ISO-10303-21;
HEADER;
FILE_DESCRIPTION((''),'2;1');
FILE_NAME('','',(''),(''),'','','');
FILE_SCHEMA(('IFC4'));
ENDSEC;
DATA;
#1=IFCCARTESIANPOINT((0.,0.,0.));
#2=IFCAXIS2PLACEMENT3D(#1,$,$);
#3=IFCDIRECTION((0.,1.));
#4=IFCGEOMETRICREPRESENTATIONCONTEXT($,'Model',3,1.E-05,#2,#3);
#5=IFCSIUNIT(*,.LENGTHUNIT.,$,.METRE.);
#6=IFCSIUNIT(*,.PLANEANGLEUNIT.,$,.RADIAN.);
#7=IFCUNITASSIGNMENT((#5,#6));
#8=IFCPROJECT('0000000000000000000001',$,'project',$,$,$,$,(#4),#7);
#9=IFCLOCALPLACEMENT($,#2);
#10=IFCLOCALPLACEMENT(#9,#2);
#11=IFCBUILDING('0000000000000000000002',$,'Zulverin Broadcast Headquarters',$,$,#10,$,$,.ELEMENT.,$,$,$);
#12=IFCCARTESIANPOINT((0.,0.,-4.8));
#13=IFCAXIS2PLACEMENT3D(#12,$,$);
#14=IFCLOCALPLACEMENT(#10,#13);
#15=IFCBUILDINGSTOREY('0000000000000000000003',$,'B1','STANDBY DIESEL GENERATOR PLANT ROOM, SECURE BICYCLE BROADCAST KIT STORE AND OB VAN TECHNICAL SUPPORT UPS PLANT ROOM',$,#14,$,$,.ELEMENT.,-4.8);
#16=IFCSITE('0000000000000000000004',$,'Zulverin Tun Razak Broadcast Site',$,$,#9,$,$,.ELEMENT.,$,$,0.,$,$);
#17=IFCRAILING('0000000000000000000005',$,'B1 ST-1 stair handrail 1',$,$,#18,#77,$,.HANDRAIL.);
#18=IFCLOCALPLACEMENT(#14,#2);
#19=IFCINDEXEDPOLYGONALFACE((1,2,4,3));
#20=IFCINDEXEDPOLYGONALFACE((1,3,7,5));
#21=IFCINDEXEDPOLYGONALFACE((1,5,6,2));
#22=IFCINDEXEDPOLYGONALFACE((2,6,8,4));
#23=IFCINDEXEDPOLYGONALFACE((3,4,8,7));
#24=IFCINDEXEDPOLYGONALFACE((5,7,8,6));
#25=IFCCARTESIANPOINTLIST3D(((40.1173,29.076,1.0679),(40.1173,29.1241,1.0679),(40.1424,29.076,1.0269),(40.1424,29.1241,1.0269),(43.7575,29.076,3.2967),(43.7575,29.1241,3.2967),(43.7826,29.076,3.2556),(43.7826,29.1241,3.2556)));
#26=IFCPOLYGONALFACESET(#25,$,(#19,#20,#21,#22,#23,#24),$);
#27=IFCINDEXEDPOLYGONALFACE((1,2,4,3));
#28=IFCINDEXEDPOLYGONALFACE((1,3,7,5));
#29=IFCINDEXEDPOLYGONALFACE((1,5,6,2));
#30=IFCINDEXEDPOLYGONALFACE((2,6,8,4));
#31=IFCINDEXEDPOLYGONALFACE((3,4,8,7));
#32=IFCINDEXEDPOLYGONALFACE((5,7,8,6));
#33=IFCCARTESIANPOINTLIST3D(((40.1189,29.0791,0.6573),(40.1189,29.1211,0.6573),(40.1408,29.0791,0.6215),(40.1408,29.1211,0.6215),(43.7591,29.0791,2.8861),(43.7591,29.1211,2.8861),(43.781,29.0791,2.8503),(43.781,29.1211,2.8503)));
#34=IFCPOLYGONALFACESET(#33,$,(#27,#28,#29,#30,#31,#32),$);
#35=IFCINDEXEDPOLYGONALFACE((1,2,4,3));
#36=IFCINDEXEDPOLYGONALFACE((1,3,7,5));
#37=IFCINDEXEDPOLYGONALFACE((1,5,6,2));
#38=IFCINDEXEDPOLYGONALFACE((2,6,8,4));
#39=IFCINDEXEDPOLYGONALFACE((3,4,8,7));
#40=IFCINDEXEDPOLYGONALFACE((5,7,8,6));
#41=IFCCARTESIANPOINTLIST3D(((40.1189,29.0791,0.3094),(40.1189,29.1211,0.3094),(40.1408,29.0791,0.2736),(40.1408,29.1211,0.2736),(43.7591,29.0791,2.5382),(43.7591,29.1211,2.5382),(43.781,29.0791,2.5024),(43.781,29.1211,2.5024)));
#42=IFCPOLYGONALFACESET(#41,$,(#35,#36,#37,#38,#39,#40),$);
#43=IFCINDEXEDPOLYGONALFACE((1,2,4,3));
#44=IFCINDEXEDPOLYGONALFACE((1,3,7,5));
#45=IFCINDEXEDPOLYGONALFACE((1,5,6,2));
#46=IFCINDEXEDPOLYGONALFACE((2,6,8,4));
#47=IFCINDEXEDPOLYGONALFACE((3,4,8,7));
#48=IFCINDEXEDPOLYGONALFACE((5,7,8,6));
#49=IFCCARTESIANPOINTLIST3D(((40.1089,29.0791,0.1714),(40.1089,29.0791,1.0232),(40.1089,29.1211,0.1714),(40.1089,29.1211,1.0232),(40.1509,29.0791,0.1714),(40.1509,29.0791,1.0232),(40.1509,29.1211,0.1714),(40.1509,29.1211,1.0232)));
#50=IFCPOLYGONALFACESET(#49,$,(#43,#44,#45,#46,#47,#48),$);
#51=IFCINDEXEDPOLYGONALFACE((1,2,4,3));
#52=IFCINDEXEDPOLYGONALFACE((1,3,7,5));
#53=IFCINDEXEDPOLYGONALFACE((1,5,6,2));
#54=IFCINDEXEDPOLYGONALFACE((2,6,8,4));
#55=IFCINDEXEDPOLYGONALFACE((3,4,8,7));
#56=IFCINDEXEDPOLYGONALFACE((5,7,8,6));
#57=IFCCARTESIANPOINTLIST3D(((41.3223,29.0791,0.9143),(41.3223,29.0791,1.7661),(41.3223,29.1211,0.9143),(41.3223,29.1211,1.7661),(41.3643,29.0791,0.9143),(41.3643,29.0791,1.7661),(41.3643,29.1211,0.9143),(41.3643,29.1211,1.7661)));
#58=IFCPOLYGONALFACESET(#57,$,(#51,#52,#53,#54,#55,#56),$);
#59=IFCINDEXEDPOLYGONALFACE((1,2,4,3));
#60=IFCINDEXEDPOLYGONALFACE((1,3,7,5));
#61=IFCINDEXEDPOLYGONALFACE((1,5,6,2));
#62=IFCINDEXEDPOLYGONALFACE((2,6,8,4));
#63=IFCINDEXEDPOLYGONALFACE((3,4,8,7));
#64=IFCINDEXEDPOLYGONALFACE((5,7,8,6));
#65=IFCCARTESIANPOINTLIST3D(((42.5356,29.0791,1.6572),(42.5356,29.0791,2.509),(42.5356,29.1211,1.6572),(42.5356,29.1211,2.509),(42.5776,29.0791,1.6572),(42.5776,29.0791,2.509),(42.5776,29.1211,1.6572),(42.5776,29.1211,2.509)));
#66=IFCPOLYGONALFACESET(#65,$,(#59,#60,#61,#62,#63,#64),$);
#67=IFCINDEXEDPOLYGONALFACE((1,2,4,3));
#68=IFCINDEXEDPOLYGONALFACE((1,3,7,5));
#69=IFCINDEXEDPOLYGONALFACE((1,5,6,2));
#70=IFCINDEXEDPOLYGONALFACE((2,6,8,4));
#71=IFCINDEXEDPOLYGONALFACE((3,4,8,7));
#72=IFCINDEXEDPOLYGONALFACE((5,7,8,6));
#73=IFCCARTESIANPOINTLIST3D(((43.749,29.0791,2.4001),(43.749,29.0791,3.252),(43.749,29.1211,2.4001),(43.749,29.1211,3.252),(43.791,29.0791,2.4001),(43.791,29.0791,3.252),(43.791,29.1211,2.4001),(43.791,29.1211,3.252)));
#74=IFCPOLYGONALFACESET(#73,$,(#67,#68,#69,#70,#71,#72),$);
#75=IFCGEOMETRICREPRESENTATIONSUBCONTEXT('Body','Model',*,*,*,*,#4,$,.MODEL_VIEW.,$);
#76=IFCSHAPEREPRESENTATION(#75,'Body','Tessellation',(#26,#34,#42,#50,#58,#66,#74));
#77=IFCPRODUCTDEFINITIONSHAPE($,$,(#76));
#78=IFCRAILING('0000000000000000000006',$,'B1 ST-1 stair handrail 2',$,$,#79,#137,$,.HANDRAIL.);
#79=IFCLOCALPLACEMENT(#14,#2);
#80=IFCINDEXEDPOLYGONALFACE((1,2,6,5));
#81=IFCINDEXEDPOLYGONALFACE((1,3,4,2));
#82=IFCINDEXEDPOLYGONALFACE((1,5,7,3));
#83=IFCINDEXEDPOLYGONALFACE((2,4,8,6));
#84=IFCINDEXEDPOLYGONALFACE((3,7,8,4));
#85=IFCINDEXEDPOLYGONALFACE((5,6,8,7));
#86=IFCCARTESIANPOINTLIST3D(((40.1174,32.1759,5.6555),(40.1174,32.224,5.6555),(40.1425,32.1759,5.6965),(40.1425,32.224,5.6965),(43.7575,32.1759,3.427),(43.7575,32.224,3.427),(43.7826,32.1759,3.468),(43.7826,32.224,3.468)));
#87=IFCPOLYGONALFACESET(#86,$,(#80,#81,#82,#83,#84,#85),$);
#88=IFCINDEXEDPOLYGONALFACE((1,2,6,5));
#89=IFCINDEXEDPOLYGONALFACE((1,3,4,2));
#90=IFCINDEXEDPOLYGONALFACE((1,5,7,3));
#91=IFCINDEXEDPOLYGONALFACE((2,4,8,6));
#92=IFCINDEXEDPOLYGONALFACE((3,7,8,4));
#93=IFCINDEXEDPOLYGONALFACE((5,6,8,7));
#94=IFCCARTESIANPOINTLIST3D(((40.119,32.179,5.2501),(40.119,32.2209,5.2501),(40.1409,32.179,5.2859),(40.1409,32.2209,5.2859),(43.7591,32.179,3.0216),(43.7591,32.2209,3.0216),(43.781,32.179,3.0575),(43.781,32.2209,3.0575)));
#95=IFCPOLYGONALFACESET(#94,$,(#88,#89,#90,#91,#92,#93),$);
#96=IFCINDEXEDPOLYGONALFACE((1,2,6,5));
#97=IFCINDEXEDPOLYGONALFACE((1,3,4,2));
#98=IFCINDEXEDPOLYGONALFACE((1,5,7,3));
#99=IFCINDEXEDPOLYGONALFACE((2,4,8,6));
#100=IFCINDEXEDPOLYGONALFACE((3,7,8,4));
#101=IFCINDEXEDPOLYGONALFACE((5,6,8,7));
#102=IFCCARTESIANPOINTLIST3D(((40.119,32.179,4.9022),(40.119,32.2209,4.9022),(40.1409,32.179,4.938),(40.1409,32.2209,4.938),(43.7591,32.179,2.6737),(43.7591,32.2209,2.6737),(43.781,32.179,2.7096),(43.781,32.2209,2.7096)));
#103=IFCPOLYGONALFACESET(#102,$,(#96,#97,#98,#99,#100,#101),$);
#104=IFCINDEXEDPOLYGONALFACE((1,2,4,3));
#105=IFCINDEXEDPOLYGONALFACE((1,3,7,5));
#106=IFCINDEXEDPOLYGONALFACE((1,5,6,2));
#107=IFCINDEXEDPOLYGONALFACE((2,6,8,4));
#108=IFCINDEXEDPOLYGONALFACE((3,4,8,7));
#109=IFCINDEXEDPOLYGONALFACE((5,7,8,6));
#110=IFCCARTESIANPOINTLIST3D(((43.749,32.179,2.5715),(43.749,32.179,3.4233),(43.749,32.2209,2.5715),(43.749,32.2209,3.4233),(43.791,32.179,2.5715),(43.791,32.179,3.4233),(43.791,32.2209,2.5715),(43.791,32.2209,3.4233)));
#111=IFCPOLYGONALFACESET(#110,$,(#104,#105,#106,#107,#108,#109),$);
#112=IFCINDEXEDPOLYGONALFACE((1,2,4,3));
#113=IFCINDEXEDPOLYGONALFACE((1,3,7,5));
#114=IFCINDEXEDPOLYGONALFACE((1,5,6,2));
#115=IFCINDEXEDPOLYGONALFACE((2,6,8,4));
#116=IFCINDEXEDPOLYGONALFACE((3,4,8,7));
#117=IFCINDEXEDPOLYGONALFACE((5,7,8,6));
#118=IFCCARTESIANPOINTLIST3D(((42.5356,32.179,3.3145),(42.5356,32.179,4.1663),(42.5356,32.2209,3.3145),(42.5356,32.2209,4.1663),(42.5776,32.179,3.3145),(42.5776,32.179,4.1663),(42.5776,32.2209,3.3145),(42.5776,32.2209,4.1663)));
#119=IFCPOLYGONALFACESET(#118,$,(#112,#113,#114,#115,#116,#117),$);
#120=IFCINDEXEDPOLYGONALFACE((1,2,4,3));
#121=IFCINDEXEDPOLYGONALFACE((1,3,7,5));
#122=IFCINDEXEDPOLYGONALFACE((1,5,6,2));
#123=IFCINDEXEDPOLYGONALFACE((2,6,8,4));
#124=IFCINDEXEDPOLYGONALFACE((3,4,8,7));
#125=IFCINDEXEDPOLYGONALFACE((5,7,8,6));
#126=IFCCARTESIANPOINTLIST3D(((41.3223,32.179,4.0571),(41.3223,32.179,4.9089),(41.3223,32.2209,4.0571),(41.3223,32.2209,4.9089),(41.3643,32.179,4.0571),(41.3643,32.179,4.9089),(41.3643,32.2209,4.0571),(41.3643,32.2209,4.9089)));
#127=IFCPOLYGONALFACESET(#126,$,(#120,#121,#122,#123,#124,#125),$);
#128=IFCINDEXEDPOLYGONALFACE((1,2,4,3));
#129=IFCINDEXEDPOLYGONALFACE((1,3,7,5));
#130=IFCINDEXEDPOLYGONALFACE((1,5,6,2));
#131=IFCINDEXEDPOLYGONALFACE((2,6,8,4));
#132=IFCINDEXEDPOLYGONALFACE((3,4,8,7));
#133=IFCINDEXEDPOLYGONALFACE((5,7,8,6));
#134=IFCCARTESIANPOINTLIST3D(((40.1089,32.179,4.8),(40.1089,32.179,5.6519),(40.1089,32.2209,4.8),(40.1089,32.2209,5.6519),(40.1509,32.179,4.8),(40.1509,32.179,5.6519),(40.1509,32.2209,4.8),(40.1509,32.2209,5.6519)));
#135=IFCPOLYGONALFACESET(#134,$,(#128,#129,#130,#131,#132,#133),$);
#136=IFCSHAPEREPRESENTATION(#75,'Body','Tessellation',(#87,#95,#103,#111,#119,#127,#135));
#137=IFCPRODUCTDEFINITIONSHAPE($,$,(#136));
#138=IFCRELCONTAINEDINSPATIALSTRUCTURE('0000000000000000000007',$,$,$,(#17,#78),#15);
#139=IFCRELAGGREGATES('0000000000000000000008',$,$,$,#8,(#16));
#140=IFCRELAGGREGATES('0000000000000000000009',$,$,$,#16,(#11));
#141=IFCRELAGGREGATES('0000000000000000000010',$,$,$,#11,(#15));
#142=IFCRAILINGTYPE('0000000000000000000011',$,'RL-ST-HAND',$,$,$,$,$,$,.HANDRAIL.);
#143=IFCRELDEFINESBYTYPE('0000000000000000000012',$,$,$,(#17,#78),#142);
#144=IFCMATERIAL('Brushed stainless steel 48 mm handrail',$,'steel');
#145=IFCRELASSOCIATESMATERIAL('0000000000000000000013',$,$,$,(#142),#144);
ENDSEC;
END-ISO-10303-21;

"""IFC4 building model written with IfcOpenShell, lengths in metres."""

from ifc_helpers import new_model, si_unit, direction, frame, origin, origin_2d, place, context, subcontext, project, spatial, rectangle, extrude, material, type_object, element, save


model = new_model("IFC4")

# Units and contexts
model_context = context("Model", 3, precision=1e-05, world=origin(), true_north=direction((0.0, 1.0)))
body_context = subcontext(model_context, "Body", "Model", "MODEL_VIEW")
ifc_project = project(units=[si_unit("LENGTHUNIT", "METRE"), si_unit("PLANEANGLEUNIT", "RADIAN")], contexts=[model_context])

# Site, building, storey
site_placement = place(None, origin())
site = spatial("IfcSite", under=ifc_project, at=site_placement, Name="Zulverin Tun Razak Broadcast Site", CompositionType="ELEMENT", RefElevation=0.0)
building_placement = place(site_placement, origin())
building = spatial("IfcBuilding", under=site, at=building_placement, Name="Zulverin Broadcast Headquarters", CompositionType="ELEMENT")
storey_placement = place(building_placement, frame((0.0, 0.0, -4.8)))
storey = spatial("IfcBuildingStorey", under=building, at=storey_placement, Name="B1", Description="STANDBY DIESEL GENERATOR PLANT ROOM, SECURE BICYCLE BROADCAST KIT STORE AND OB VAN TECHNICAL SUPPORT UPS PLANT ROOM", CompositionType="ELEMENT", Elevation=-4.8)

# Railings
ifc_material_1 = material(Name="Brushed stainless steel 48 mm handrail", Category="steel")
railing_type_1 = type_object("IfcRailingType", Name="RL-ST-HAND", PredefinedType="HANDRAIL", material=ifc_material_1)
railing_1_placement = place(storey_placement, frame((40.1299, 29.1001, 0.1714)))
element("IfcRailing", 1, at=railing_1_placement, inside=storey, type_object=railing_type_1, Name="B1 ST-1 stair handrail 1", PredefinedType="HANDRAIL", context=body_context, shape_type="SweptSolid", body=[
    extrude(rectangle(XDim=0.0481, YDim=0.0481, at=origin_2d()), frame((0.0, 0.0, 0.876), z_axis=(0.85284, 0.0, 0.522172), x_axis=(0.0, 1.0, 0.0)), (0.0, 0.0, 1.0), 4.2683),
    extrude(rectangle(XDim=0.042, YDim=0.042, at=origin_2d()), frame((0.0, 0.0, 0.468), z_axis=(0.85284, 0.0, 0.522172), x_axis=(0.0, 1.0, 0.0)), (0.0, 0.0, 1.0), 4.2683),
    extrude(rectangle(XDim=0.042, YDim=0.042, at=origin_2d()), frame((0.0, 0.0, 0.1201), z_axis=(0.85284, 0.0, 0.522172), x_axis=(0.0, 1.0, 0.0)), (0.0, 0.0, 1.0), 4.2683),
    extrude(rectangle(XDim=0.042, YDim=0.042, at=origin_2d()), origin(), (0.0, 0.0, 1.0), 0.8518),
    extrude(rectangle(XDim=0.042, YDim=0.042, at=origin_2d()), frame((1.2134, 0.0, 0.7429)), (0.0, 0.0, 1.0), 0.8518),
    extrude(rectangle(XDim=0.042, YDim=0.042, at=origin_2d()), frame((2.4268, 0.0, 1.4858)), (0.0, 0.0, 1.0), 0.8518),
    extrude(rectangle(XDim=0.042, YDim=0.042, at=origin_2d()), frame((3.6401, 0.0, 2.2288)), (0.0, 0.0, 1.0), 0.8518),
])
railing_2_placement = place(storey_placement, frame((43.77, 32.2, 2.5715)))
element("IfcRailing", 2, at=railing_2_placement, inside=storey, type_object=railing_type_1, Name="B1 ST-1 stair handrail 2", PredefinedType="HANDRAIL", context=body_context, shape_type="SweptSolid", body=[
    extrude(rectangle(XDim=0.0481, YDim=0.0481, at=origin_2d()), frame((0.0, 0.0, 0.876), z_axis=(-0.852866, 0.0, 0.52213), x_axis=(0.0, -1.0, 0.0)), (0.0, 0.0, 1.0), 4.2681),
    extrude(rectangle(XDim=0.042, YDim=0.042, at=origin_2d()), frame((0.0, 0.0, 0.468), z_axis=(-0.852866, 0.0, 0.52213), x_axis=(0.0, -1.0, 0.0)), (0.0, 0.0, 1.0), 4.2681),
    extrude(rectangle(XDim=0.042, YDim=0.042, at=origin_2d()), frame((0.0, 0.0, 0.1201), z_axis=(-0.852866, 0.0, 0.52213), x_axis=(0.0, -1.0, 0.0)), (0.0, 0.0, 1.0), 4.2681),
    extrude(rectangle(XDim=0.042, YDim=0.042, at=origin_2d()), origin(), (0.0, 0.0, 1.0), 0.8518),
    extrude(rectangle(XDim=0.042, YDim=0.042, at=origin_2d()), frame((-1.2134, 0.0, 0.7429)), (0.0, 0.0, 1.0), 0.8518),
    extrude(rectangle(XDim=0.042, YDim=0.042, at=origin_2d()), frame((-2.4268, 0.0, 1.4856)), (0.0, 0.0, 1.0), 0.8518),
    extrude(rectangle(XDim=0.042, YDim=0.042, at=origin_2d()), frame((-3.6401, 0.0, 2.2285)), (0.0, 0.0, 1.0), 0.8518),
])

save(model, "model.ifc")
